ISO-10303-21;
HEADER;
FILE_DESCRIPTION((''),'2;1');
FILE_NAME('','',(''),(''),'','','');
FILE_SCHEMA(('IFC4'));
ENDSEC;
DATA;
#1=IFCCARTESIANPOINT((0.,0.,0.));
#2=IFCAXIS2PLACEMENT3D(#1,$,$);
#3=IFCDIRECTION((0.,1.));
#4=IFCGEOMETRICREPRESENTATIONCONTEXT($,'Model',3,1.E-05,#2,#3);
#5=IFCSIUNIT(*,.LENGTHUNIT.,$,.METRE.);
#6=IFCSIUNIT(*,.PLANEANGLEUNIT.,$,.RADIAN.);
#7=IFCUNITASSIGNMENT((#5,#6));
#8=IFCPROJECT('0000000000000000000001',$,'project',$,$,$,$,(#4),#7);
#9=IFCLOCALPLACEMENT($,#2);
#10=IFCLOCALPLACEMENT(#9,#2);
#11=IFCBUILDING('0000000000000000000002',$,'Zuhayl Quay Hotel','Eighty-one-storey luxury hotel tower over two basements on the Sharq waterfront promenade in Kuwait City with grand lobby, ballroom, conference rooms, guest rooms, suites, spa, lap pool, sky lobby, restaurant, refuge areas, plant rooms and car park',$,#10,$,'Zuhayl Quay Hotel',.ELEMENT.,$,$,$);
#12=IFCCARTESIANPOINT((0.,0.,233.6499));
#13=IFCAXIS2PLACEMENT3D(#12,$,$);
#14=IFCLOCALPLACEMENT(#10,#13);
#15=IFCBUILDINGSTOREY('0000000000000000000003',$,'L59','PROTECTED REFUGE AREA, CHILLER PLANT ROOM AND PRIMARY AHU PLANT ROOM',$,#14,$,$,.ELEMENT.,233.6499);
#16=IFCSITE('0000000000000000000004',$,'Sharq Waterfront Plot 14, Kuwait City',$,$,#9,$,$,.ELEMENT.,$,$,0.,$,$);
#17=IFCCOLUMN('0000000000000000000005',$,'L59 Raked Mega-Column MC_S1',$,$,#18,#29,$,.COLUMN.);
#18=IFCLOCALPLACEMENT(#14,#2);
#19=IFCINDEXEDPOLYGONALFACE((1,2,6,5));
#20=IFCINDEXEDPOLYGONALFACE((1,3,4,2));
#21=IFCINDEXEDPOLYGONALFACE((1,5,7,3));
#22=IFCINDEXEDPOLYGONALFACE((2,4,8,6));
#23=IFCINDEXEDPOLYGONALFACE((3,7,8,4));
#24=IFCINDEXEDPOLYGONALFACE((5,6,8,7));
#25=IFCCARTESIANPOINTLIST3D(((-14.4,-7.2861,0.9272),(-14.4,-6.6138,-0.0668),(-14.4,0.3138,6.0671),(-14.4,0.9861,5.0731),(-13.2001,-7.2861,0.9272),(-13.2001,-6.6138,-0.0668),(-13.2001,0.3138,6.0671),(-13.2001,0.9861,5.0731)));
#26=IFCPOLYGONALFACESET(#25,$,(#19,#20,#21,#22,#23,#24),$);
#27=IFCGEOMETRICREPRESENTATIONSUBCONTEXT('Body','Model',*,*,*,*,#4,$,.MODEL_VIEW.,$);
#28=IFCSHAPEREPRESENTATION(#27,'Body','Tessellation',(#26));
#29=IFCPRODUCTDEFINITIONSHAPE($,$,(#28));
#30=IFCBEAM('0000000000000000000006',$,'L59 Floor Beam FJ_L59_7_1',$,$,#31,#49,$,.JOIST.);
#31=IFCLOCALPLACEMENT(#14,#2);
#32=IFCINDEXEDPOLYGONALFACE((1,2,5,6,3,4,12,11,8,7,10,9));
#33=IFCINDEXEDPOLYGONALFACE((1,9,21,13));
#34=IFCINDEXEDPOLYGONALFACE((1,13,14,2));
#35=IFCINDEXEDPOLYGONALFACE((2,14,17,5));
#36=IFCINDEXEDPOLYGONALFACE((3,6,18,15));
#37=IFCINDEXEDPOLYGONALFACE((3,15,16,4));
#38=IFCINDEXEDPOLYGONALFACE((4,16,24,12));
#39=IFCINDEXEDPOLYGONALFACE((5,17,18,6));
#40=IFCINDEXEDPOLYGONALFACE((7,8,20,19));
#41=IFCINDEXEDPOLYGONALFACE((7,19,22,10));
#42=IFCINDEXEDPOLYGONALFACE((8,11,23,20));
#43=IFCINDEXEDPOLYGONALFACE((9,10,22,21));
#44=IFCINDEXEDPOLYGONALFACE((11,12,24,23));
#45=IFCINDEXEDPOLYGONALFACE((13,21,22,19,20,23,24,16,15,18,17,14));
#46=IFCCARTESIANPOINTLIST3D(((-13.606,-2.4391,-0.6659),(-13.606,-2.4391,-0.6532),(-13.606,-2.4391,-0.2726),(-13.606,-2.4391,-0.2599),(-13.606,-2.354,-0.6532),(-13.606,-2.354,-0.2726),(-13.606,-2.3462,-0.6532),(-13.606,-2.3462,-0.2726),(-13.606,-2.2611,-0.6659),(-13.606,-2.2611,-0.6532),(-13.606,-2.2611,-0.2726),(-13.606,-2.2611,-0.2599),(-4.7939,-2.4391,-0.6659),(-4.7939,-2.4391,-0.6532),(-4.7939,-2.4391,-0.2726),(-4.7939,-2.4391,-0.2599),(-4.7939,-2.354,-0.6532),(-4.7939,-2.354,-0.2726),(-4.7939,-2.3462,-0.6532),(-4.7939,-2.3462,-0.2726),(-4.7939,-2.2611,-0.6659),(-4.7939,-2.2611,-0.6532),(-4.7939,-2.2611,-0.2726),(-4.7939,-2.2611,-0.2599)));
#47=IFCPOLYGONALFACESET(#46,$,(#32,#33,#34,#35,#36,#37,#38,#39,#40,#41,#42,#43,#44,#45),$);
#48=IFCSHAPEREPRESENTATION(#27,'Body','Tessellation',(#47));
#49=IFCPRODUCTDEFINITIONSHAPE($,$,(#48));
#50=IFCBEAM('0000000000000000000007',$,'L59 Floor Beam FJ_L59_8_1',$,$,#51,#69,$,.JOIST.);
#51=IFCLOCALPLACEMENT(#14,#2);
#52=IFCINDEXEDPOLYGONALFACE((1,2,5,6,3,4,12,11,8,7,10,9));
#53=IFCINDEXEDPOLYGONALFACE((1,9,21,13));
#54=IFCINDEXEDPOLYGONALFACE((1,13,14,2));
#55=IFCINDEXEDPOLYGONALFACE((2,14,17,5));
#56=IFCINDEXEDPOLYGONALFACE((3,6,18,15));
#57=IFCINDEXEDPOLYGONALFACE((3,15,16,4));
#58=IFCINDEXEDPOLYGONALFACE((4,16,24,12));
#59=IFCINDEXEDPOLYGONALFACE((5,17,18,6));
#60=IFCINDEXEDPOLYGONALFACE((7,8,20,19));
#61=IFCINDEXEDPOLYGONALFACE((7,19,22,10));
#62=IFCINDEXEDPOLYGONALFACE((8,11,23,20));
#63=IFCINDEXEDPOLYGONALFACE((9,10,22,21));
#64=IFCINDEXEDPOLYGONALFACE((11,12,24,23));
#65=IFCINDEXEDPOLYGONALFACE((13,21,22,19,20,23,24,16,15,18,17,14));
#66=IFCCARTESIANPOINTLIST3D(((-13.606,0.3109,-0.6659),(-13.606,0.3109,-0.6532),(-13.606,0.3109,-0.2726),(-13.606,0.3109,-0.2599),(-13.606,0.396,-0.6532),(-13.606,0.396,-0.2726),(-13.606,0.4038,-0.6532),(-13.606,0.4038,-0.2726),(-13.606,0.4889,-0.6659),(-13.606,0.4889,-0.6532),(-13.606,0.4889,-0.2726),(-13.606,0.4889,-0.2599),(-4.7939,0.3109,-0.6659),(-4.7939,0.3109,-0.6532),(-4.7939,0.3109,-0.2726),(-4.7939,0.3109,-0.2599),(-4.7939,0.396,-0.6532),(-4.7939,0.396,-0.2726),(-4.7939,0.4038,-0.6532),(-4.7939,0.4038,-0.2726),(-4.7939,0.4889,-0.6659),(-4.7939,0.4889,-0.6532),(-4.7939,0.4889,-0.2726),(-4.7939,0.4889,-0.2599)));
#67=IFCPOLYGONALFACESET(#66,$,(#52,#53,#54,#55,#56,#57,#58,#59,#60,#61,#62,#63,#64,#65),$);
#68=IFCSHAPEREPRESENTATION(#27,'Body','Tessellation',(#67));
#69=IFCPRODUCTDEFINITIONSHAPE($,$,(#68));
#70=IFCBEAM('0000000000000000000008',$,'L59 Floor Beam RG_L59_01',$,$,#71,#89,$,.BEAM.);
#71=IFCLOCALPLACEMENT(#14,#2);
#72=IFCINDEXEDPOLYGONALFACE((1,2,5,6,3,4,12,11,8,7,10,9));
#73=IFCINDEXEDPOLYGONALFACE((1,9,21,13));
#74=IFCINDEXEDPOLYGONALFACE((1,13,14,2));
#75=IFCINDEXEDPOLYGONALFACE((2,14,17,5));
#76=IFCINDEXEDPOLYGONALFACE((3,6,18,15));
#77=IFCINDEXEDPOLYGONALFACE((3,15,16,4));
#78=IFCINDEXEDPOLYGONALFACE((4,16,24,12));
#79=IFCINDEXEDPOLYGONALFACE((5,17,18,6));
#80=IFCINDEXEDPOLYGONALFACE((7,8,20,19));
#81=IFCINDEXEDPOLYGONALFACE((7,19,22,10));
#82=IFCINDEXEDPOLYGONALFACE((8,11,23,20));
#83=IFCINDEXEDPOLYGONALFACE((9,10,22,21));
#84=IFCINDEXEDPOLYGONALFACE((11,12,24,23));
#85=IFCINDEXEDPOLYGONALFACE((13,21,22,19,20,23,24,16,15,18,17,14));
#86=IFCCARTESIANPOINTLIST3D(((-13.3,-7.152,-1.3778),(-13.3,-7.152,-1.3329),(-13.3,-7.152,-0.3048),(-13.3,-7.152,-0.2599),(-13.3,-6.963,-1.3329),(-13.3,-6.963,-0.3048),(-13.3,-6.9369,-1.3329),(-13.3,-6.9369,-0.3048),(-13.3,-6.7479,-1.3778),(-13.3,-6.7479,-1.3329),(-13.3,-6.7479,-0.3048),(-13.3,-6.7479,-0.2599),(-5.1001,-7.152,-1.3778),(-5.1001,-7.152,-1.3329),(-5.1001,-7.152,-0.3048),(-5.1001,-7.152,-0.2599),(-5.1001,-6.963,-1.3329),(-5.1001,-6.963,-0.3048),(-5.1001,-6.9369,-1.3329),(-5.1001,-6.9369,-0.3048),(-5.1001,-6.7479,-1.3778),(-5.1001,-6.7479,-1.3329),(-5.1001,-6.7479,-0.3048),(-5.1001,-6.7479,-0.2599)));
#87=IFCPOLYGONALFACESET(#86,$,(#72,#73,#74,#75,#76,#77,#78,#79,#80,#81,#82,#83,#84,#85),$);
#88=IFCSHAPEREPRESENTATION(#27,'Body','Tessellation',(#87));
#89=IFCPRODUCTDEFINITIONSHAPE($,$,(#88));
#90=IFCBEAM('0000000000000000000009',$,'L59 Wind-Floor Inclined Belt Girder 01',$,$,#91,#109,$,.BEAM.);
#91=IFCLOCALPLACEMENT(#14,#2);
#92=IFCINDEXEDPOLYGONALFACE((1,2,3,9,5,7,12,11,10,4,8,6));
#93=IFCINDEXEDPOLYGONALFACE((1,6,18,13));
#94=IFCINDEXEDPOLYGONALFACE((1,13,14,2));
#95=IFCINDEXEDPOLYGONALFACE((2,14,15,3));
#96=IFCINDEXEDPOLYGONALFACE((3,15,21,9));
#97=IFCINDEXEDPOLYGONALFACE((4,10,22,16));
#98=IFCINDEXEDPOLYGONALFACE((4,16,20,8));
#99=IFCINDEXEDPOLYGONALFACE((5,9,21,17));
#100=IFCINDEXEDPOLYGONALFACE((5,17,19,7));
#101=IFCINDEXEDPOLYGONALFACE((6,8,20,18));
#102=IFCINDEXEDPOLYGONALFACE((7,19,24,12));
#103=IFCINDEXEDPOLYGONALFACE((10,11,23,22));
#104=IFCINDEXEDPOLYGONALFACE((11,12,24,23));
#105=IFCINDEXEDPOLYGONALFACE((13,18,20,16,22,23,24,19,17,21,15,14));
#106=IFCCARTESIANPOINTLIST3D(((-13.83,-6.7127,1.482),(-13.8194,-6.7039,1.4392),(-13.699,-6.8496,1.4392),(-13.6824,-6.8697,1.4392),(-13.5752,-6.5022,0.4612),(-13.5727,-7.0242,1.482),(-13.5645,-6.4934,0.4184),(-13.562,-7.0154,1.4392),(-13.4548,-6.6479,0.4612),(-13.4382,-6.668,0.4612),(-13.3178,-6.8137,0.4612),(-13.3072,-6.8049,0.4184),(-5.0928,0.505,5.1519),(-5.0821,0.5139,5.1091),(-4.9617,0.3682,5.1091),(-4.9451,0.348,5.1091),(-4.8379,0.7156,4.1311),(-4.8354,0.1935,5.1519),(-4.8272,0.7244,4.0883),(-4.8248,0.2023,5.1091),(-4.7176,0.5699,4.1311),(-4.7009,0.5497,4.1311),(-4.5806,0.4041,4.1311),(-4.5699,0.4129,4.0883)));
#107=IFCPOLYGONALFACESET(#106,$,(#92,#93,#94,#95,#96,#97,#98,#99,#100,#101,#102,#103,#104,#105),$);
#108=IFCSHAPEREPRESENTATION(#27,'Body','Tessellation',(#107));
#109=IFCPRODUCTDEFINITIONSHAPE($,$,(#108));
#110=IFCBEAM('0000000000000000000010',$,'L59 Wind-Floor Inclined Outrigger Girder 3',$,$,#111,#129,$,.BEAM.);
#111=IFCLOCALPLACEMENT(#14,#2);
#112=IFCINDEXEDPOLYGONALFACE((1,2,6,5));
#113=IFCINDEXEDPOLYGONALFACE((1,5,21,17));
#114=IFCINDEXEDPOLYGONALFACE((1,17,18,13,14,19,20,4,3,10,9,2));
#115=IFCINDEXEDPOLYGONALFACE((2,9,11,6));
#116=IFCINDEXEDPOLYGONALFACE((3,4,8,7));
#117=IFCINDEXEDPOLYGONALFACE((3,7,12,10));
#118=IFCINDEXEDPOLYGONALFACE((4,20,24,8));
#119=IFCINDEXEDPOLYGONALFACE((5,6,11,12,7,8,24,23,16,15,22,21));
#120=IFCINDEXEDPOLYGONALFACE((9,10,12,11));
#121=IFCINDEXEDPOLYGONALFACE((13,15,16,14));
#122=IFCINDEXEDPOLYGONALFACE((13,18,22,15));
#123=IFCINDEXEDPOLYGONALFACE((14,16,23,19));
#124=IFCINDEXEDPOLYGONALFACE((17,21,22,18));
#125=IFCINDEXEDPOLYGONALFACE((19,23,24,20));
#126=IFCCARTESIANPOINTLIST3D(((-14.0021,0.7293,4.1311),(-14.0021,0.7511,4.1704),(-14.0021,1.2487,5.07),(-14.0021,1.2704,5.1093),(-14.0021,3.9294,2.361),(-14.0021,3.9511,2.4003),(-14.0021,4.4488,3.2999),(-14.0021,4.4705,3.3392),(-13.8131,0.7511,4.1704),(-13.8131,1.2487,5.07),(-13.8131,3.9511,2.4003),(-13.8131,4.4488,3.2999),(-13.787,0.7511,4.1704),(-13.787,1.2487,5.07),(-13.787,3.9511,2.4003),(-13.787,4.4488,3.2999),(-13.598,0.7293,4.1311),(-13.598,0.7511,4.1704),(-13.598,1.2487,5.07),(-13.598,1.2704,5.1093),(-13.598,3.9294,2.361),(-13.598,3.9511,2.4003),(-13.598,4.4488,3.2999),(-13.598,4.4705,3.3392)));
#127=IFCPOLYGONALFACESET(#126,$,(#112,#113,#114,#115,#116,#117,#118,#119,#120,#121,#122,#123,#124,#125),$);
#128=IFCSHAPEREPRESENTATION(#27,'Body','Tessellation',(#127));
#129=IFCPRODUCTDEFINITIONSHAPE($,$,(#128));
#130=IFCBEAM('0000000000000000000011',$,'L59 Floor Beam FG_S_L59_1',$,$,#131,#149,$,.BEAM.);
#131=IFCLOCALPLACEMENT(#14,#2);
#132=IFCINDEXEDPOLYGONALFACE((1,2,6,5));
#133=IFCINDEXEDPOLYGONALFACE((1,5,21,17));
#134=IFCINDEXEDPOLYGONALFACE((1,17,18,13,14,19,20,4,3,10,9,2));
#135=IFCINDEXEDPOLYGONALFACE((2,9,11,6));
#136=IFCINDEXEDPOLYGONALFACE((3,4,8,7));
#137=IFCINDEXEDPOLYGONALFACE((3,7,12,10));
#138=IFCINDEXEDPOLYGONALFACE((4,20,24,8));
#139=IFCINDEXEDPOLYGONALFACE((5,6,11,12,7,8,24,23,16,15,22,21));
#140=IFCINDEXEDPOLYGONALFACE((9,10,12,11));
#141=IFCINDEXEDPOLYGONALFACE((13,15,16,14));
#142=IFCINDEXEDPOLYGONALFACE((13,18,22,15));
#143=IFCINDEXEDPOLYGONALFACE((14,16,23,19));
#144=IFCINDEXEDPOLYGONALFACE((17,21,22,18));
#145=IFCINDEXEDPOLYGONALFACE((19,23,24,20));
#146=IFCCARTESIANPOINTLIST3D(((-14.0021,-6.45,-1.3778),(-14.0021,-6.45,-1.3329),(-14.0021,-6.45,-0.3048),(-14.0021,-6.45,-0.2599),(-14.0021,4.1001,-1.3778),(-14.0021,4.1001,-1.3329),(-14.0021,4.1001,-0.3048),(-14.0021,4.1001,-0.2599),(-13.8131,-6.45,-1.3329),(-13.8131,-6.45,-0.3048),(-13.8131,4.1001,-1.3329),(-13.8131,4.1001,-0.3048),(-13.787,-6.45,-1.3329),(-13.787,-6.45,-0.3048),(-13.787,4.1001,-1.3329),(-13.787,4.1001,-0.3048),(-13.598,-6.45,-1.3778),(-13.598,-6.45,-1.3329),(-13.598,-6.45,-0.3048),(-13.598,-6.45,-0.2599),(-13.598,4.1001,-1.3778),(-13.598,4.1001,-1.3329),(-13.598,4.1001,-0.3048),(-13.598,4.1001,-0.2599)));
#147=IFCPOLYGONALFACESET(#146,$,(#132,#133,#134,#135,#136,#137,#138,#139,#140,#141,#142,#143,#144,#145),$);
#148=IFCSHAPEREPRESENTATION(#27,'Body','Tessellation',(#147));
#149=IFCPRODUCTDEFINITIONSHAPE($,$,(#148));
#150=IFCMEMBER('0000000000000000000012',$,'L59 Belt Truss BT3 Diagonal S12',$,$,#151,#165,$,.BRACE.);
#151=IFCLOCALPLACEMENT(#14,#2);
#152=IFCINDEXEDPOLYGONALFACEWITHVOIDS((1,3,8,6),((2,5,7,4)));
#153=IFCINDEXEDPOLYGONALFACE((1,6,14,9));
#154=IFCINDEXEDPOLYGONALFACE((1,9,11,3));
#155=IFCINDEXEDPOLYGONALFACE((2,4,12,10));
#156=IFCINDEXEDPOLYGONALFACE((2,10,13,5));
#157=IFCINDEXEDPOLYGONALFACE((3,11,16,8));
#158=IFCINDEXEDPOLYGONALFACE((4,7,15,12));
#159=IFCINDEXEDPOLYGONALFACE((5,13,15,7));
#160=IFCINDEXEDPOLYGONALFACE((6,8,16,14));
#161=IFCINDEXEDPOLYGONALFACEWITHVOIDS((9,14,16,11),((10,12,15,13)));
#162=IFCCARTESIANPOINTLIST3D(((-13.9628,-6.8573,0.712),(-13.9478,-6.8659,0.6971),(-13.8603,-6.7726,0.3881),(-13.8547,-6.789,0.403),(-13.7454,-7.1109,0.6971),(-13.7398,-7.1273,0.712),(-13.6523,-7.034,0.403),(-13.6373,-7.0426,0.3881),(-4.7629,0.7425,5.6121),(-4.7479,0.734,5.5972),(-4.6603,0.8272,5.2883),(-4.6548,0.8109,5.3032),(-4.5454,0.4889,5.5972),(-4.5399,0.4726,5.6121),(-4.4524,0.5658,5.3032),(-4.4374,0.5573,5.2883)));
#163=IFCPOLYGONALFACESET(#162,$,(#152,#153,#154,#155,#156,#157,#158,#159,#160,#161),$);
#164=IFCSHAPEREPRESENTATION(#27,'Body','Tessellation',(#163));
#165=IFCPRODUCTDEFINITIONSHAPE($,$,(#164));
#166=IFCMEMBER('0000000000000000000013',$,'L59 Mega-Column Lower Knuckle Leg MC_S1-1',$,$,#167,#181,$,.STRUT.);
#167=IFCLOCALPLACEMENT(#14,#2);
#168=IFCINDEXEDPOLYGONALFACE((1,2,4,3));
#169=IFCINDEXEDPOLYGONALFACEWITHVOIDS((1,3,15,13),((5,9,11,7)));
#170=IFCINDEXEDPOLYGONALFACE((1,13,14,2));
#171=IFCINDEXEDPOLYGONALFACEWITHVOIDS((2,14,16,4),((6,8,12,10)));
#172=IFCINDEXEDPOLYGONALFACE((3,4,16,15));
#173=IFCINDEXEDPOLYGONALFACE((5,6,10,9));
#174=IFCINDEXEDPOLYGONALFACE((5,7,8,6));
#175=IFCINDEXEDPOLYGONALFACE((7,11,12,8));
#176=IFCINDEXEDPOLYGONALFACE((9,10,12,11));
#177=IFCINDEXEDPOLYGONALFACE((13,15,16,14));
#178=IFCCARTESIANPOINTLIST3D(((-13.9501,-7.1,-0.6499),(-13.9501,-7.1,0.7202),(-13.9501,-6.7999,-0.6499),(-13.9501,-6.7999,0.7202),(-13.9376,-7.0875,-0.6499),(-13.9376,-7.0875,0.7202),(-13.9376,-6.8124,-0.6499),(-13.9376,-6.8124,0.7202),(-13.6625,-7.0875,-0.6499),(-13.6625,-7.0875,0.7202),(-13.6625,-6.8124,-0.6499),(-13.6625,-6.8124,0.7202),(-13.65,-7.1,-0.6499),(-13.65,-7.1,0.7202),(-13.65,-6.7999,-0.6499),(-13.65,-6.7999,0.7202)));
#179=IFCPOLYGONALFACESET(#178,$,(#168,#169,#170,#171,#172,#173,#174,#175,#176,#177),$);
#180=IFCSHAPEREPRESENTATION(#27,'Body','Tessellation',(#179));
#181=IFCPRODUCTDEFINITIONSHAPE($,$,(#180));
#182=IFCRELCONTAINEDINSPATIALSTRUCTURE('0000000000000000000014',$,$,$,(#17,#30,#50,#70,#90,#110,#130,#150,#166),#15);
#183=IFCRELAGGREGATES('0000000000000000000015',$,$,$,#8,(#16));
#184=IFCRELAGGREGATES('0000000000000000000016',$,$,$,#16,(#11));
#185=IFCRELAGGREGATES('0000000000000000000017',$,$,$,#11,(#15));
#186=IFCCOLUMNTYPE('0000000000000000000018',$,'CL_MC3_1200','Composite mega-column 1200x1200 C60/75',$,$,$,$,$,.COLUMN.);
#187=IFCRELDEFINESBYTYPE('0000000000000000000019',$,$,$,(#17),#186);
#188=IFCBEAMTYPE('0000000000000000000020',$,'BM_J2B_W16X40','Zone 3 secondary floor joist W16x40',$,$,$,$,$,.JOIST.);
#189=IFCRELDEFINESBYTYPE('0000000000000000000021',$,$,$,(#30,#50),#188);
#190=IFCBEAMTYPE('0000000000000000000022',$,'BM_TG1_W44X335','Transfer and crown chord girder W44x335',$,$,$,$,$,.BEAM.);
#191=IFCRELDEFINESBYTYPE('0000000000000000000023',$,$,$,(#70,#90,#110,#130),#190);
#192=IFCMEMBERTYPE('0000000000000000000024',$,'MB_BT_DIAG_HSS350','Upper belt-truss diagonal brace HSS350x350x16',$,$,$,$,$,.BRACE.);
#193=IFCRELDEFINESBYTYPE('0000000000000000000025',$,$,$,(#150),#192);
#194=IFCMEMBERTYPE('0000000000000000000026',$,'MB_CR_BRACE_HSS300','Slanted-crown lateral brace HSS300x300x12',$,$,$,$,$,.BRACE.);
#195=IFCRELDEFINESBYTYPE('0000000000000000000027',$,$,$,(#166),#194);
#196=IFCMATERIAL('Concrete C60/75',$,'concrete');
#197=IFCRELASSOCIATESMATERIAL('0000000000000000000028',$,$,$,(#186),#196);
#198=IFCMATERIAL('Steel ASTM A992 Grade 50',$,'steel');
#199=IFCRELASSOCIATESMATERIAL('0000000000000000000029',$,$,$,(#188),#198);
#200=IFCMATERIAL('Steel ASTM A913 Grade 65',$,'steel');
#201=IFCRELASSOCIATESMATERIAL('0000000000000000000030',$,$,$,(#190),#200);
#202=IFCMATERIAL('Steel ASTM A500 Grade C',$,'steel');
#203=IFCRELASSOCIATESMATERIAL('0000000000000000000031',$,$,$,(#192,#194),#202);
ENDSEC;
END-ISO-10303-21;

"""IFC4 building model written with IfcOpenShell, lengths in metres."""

from ifc_helpers import new_model, si_unit, direction, frame, origin, origin_2d, place, context, subcontext, project, spatial, rectangle, hollow_rectangle, i_section, extrude, material, material_profile, profile_set, type_object, element, save


model = new_model("IFC4")

# Units and contexts
model_context = context("Model", 3, precision=1e-05, world=origin(), true_north=direction((0.0, 1.0)))
body_context = subcontext(model_context, "Body", "Model", "MODEL_VIEW")
ifc_project = project(units=[si_unit("LENGTHUNIT", "METRE"), si_unit("PLANEANGLEUNIT", "RADIAN")], contexts=[model_context])

# Site, building, storey
site_placement = place(None, origin())
site = spatial("IfcSite", under=ifc_project, at=site_placement, Name="Sharq Waterfront Plot 14, Kuwait City", CompositionType="ELEMENT", RefElevation=0.0)
building_placement = place(site_placement, origin())
building = spatial("IfcBuilding", under=site, at=building_placement, Name="Zuhayl Quay Hotel", Description="Eighty-one-storey luxury hotel tower over two basements on the Sharq waterfront promenade in Kuwait City with grand lobby, ballroom, conference rooms, guest rooms, suites, spa, lap pool, sky lobby, restaurant, refuge areas, plant rooms and car park", LongName="Zuhayl Quay Hotel", CompositionType="ELEMENT")
storey_placement = place(building_placement, frame((0.0, 0.0, 233.6499)))
storey = spatial("IfcBuildingStorey", under=building, at=storey_placement, Name="L59", Description="PROTECTED REFUGE AREA, CHILLER PLANT ROOM AND PRIMARY AHU PLANT ROOM", CompositionType="ELEMENT", Elevation=233.6499)

# Column
ifc_material_1 = material(Name="Concrete C60/75", Category="concrete")
ifc_material_profile_1 = material_profile(ifc_material_1, rectangle(XDim=1.2, YDim=1.2, at=origin_2d()), Name="RC1200X1200")
ifc_profile_set_1 = profile_set([ifc_material_profile_1], Name="Concrete C60/75")
column_type = type_object("IfcColumnType", Name="CL_MC3_1200", Description="Composite mega-column 1200x1200 C60/75", PredefinedType="COLUMN", material=ifc_profile_set_1)
column_placement = place(storey_placement, frame((-13.8, -6.95, 0.4302), z_axis=(0.0, 0.828343, 0.560221), x_axis=(-1.0, 0.0, 0.0)))
element("IfcColumn", 1, at=column_placement, inside=storey, type_object=column_type, Name="L59 Raked Mega-Column MC_S1", PredefinedType="COLUMN", context=body_context, shape_type="SweptSolid", body=[
    extrude(rectangle(XDim=1.2, YDim=1.2, at=origin_2d()), origin(), (0.0, 0.0, 1.0), 9.1748),
])

# Beams
ifc_material_2 = material(Name="Steel ASTM A992 Grade 50", Category="steel")
ifc_material_profile_2 = material_profile(ifc_material_2, i_section(OverallWidth=0.178, OverallDepth=0.406, WebThickness=0.0078, FlangeThickness=0.0127, at=origin_2d()), Name="W16X40")
ifc_profile_set_2 = profile_set([ifc_material_profile_2], Name="Steel ASTM A992 Grade 50")
beam_type_1 = type_object("IfcBeamType", Name="BM_J2B_W16X40", Description="Zone 3 secondary floor joist W16x40", PredefinedType="JOIST", material=ifc_profile_set_2)
for number, where, z_axis, x_axis, name in (
    (2, (-13.606, -2.3501, -0.4629), (1.0, 0.0, 0.0), (0.0, 1.0, 0.0), "L59 Floor Beam FJ_L59_7_1"),
    (3, (-13.606, 0.3999, -0.4629), (1.0, 0.0, 0.0), (0.0, 1.0, 0.0), "L59 Floor Beam FJ_L59_8_1"),
):
    element("IfcBeam", number, at=place(storey_placement, frame(where, z_axis=z_axis, x_axis=x_axis)), inside=storey, type_object=beam_type_1, Name=name, PredefinedType="JOIST", context=body_context, shape_type="SweptSolid", body=[
        extrude(i_section(OverallWidth=0.178, OverallDepth=0.406, WebThickness=0.0078, FlangeThickness=0.0127, at=origin_2d()), origin(), (0.0, 0.0, 1.0), 8.812),
    ])
ifc_material_3 = material(Name="Steel ASTM A913 Grade 65", Category="steel")
ifc_material_profile_3 = material_profile(ifc_material_3, i_section(OverallWidth=0.4041, OverallDepth=1.1179, WebThickness=0.0261, FlangeThickness=0.0449, at=origin_2d()), Name="W44X335")
ifc_profile_set_3 = profile_set([ifc_material_profile_3], Name="Steel ASTM A913 Grade 65")
beam_type_2 = type_object("IfcBeamType", Name="BM_TG1_W44X335", Description="Transfer and crown chord girder W44x335", PredefinedType="BEAM", material=ifc_profile_set_3)
beam_1_placement = place(storey_placement, frame((-13.3, -6.95, -0.8188), z_axis=(1.0, 0.0, 0.0), x_axis=(0.0, 1.0, 0.0)))
element("IfcBeam", 4, at=beam_1_placement, inside=storey, type_object=beam_type_2, Name="L59 Floor Beam RG_L59_01", PredefinedType="BEAM", context=body_context, shape_type="SweptSolid", body=[
    extrude(i_section(OverallWidth=0.4041, OverallDepth=1.1179, WebThickness=0.0261, FlangeThickness=0.0449, at=origin_2d()), origin(), (0.0, 0.0, 1.0), 8.2),
])
beam_2_placement = place(storey_placement, frame((-13.5686, -6.7588, 0.9502), z_axis=(0.733464, 0.605905, 0.308076), x_axis=(-0.636881, 0.770962, 0.0)))
element("IfcBeam", 5, at=beam_2_placement, inside=storey, type_object=beam_type_2, Name="L59 Wind-Floor Inclined Belt Girder 01", PredefinedType="BEAM", context=body_context, shape_type="SweptSolid", body=[
    extrude(i_section(OverallWidth=0.4041, OverallDepth=1.1179, WebThickness=0.0261, FlangeThickness=0.0449, at=origin_2d()), origin(), (0.0, 0.0, 1.0), 11.9124),
])
beam_3_placement = place(storey_placement, frame((-13.8, 4.2, 2.8501), z_axis=(0.0, -0.875053, 0.484027), x_axis=(1.0, 0.0, 0.0)))
element("IfcBeam", 6, at=beam_3_placement, inside=storey, type_object=beam_type_2, Name="L59 Wind-Floor Inclined Outrigger Girder 3", PredefinedType="BEAM", context=body_context, shape_type="SweptSolid", body=[
    extrude(i_section(OverallWidth=0.4041, OverallDepth=1.1179, WebThickness=0.0261, FlangeThickness=0.0449, at=origin_2d()), origin(), (0.0, 0.0, 1.0), 3.657),
])
beam_4_placement = place(storey_placement, frame((-13.8, -6.45, -0.8188), z_axis=(0.0, 1.0, 0.0), x_axis=(-1.0, 0.0, 0.0)))
element("IfcBeam", 7, at=beam_4_placement, inside=storey, type_object=beam_type_2, Name="L59 Floor Beam FG_S_L59_1", PredefinedType="BEAM", context=body_context, shape_type="SweptSolid", body=[
    extrude(i_section(OverallWidth=0.4041, OverallDepth=1.1179, WebThickness=0.0261, FlangeThickness=0.0449, at=origin_2d()), origin(), (0.0, 0.0, 1.0), 10.55),
])

# Members
ifc_material_4 = material(Name="Steel ASTM A500 Grade C", Category="steel")
ifc_material_profile_4 = material_profile(ifc_material_4, hollow_rectangle(XDim=0.3501, YDim=0.3501, WallThickness=0.0161, at=origin_2d()), Name="HSS350X350X16")
ifc_profile_set_4 = profile_set([ifc_material_profile_4], Name="Steel ASTM A500 Grade C")
member_type_1 = type_object("IfcMemberType", Name="MB_BT_DIAG_HSS350", Description="Upper belt-truss diagonal brace HSS350x350x16", PredefinedType="BRACE", material=ifc_profile_set_4)
member_placement = place(storey_placement, frame((-13.8, -6.95, 0.55), z_axis=(0.713178, 0.589139, 0.379858), x_axis=(-0.636876, 0.770966, 0.0)))
element("IfcMember", 8, at=member_placement, inside=storey, type_object=member_type_1, Name="L59 Belt Truss BT3 Diagonal S12", PredefinedType="BRACE", context=body_context, shape_type="SweptSolid", body=[
    extrude(hollow_rectangle(XDim=0.3501, YDim=0.3501, WallThickness=0.0161, at=origin_2d()), origin(), (0.0, 0.0, 1.0), 12.8999),
])
ifc_material_profile_5 = material_profile(ifc_material_4, hollow_rectangle(XDim=0.3, YDim=0.3, WallThickness=0.0125, at=origin_2d()), Name="HSS300X300X12")
ifc_profile_set_5 = profile_set([ifc_material_profile_5], Name="Steel ASTM A500 Grade C")
member_type_2 = type_object("IfcMemberType", Name="MB_CR_BRACE_HSS300", Description="Slanted-crown lateral brace HSS300x300x12", PredefinedType="BRACE", material=ifc_profile_set_5)
for number, where, z_axis, x_axis, name in (
    (9, (-13.8, -6.95, -0.6499), (0.0, 0.0, 1.0), (1.0, 0.0, 0.0), "L59 Mega-Column Lower Knuckle Leg MC_S1-1"),
):
    element("IfcMember", number, at=place(storey_placement, frame(where, z_axis=z_axis, x_axis=x_axis)), inside=storey, type_object=member_type_2, Name=name, PredefinedType="STRUT", context=body_context, shape_type="SweptSolid", body=[
        extrude(hollow_rectangle(XDim=0.3, YDim=0.3, WallThickness=0.0125, at=origin_2d()), origin(), (0.0, 0.0, 1.0), 1.3701),
    ])

save(model, "model.ifc")
